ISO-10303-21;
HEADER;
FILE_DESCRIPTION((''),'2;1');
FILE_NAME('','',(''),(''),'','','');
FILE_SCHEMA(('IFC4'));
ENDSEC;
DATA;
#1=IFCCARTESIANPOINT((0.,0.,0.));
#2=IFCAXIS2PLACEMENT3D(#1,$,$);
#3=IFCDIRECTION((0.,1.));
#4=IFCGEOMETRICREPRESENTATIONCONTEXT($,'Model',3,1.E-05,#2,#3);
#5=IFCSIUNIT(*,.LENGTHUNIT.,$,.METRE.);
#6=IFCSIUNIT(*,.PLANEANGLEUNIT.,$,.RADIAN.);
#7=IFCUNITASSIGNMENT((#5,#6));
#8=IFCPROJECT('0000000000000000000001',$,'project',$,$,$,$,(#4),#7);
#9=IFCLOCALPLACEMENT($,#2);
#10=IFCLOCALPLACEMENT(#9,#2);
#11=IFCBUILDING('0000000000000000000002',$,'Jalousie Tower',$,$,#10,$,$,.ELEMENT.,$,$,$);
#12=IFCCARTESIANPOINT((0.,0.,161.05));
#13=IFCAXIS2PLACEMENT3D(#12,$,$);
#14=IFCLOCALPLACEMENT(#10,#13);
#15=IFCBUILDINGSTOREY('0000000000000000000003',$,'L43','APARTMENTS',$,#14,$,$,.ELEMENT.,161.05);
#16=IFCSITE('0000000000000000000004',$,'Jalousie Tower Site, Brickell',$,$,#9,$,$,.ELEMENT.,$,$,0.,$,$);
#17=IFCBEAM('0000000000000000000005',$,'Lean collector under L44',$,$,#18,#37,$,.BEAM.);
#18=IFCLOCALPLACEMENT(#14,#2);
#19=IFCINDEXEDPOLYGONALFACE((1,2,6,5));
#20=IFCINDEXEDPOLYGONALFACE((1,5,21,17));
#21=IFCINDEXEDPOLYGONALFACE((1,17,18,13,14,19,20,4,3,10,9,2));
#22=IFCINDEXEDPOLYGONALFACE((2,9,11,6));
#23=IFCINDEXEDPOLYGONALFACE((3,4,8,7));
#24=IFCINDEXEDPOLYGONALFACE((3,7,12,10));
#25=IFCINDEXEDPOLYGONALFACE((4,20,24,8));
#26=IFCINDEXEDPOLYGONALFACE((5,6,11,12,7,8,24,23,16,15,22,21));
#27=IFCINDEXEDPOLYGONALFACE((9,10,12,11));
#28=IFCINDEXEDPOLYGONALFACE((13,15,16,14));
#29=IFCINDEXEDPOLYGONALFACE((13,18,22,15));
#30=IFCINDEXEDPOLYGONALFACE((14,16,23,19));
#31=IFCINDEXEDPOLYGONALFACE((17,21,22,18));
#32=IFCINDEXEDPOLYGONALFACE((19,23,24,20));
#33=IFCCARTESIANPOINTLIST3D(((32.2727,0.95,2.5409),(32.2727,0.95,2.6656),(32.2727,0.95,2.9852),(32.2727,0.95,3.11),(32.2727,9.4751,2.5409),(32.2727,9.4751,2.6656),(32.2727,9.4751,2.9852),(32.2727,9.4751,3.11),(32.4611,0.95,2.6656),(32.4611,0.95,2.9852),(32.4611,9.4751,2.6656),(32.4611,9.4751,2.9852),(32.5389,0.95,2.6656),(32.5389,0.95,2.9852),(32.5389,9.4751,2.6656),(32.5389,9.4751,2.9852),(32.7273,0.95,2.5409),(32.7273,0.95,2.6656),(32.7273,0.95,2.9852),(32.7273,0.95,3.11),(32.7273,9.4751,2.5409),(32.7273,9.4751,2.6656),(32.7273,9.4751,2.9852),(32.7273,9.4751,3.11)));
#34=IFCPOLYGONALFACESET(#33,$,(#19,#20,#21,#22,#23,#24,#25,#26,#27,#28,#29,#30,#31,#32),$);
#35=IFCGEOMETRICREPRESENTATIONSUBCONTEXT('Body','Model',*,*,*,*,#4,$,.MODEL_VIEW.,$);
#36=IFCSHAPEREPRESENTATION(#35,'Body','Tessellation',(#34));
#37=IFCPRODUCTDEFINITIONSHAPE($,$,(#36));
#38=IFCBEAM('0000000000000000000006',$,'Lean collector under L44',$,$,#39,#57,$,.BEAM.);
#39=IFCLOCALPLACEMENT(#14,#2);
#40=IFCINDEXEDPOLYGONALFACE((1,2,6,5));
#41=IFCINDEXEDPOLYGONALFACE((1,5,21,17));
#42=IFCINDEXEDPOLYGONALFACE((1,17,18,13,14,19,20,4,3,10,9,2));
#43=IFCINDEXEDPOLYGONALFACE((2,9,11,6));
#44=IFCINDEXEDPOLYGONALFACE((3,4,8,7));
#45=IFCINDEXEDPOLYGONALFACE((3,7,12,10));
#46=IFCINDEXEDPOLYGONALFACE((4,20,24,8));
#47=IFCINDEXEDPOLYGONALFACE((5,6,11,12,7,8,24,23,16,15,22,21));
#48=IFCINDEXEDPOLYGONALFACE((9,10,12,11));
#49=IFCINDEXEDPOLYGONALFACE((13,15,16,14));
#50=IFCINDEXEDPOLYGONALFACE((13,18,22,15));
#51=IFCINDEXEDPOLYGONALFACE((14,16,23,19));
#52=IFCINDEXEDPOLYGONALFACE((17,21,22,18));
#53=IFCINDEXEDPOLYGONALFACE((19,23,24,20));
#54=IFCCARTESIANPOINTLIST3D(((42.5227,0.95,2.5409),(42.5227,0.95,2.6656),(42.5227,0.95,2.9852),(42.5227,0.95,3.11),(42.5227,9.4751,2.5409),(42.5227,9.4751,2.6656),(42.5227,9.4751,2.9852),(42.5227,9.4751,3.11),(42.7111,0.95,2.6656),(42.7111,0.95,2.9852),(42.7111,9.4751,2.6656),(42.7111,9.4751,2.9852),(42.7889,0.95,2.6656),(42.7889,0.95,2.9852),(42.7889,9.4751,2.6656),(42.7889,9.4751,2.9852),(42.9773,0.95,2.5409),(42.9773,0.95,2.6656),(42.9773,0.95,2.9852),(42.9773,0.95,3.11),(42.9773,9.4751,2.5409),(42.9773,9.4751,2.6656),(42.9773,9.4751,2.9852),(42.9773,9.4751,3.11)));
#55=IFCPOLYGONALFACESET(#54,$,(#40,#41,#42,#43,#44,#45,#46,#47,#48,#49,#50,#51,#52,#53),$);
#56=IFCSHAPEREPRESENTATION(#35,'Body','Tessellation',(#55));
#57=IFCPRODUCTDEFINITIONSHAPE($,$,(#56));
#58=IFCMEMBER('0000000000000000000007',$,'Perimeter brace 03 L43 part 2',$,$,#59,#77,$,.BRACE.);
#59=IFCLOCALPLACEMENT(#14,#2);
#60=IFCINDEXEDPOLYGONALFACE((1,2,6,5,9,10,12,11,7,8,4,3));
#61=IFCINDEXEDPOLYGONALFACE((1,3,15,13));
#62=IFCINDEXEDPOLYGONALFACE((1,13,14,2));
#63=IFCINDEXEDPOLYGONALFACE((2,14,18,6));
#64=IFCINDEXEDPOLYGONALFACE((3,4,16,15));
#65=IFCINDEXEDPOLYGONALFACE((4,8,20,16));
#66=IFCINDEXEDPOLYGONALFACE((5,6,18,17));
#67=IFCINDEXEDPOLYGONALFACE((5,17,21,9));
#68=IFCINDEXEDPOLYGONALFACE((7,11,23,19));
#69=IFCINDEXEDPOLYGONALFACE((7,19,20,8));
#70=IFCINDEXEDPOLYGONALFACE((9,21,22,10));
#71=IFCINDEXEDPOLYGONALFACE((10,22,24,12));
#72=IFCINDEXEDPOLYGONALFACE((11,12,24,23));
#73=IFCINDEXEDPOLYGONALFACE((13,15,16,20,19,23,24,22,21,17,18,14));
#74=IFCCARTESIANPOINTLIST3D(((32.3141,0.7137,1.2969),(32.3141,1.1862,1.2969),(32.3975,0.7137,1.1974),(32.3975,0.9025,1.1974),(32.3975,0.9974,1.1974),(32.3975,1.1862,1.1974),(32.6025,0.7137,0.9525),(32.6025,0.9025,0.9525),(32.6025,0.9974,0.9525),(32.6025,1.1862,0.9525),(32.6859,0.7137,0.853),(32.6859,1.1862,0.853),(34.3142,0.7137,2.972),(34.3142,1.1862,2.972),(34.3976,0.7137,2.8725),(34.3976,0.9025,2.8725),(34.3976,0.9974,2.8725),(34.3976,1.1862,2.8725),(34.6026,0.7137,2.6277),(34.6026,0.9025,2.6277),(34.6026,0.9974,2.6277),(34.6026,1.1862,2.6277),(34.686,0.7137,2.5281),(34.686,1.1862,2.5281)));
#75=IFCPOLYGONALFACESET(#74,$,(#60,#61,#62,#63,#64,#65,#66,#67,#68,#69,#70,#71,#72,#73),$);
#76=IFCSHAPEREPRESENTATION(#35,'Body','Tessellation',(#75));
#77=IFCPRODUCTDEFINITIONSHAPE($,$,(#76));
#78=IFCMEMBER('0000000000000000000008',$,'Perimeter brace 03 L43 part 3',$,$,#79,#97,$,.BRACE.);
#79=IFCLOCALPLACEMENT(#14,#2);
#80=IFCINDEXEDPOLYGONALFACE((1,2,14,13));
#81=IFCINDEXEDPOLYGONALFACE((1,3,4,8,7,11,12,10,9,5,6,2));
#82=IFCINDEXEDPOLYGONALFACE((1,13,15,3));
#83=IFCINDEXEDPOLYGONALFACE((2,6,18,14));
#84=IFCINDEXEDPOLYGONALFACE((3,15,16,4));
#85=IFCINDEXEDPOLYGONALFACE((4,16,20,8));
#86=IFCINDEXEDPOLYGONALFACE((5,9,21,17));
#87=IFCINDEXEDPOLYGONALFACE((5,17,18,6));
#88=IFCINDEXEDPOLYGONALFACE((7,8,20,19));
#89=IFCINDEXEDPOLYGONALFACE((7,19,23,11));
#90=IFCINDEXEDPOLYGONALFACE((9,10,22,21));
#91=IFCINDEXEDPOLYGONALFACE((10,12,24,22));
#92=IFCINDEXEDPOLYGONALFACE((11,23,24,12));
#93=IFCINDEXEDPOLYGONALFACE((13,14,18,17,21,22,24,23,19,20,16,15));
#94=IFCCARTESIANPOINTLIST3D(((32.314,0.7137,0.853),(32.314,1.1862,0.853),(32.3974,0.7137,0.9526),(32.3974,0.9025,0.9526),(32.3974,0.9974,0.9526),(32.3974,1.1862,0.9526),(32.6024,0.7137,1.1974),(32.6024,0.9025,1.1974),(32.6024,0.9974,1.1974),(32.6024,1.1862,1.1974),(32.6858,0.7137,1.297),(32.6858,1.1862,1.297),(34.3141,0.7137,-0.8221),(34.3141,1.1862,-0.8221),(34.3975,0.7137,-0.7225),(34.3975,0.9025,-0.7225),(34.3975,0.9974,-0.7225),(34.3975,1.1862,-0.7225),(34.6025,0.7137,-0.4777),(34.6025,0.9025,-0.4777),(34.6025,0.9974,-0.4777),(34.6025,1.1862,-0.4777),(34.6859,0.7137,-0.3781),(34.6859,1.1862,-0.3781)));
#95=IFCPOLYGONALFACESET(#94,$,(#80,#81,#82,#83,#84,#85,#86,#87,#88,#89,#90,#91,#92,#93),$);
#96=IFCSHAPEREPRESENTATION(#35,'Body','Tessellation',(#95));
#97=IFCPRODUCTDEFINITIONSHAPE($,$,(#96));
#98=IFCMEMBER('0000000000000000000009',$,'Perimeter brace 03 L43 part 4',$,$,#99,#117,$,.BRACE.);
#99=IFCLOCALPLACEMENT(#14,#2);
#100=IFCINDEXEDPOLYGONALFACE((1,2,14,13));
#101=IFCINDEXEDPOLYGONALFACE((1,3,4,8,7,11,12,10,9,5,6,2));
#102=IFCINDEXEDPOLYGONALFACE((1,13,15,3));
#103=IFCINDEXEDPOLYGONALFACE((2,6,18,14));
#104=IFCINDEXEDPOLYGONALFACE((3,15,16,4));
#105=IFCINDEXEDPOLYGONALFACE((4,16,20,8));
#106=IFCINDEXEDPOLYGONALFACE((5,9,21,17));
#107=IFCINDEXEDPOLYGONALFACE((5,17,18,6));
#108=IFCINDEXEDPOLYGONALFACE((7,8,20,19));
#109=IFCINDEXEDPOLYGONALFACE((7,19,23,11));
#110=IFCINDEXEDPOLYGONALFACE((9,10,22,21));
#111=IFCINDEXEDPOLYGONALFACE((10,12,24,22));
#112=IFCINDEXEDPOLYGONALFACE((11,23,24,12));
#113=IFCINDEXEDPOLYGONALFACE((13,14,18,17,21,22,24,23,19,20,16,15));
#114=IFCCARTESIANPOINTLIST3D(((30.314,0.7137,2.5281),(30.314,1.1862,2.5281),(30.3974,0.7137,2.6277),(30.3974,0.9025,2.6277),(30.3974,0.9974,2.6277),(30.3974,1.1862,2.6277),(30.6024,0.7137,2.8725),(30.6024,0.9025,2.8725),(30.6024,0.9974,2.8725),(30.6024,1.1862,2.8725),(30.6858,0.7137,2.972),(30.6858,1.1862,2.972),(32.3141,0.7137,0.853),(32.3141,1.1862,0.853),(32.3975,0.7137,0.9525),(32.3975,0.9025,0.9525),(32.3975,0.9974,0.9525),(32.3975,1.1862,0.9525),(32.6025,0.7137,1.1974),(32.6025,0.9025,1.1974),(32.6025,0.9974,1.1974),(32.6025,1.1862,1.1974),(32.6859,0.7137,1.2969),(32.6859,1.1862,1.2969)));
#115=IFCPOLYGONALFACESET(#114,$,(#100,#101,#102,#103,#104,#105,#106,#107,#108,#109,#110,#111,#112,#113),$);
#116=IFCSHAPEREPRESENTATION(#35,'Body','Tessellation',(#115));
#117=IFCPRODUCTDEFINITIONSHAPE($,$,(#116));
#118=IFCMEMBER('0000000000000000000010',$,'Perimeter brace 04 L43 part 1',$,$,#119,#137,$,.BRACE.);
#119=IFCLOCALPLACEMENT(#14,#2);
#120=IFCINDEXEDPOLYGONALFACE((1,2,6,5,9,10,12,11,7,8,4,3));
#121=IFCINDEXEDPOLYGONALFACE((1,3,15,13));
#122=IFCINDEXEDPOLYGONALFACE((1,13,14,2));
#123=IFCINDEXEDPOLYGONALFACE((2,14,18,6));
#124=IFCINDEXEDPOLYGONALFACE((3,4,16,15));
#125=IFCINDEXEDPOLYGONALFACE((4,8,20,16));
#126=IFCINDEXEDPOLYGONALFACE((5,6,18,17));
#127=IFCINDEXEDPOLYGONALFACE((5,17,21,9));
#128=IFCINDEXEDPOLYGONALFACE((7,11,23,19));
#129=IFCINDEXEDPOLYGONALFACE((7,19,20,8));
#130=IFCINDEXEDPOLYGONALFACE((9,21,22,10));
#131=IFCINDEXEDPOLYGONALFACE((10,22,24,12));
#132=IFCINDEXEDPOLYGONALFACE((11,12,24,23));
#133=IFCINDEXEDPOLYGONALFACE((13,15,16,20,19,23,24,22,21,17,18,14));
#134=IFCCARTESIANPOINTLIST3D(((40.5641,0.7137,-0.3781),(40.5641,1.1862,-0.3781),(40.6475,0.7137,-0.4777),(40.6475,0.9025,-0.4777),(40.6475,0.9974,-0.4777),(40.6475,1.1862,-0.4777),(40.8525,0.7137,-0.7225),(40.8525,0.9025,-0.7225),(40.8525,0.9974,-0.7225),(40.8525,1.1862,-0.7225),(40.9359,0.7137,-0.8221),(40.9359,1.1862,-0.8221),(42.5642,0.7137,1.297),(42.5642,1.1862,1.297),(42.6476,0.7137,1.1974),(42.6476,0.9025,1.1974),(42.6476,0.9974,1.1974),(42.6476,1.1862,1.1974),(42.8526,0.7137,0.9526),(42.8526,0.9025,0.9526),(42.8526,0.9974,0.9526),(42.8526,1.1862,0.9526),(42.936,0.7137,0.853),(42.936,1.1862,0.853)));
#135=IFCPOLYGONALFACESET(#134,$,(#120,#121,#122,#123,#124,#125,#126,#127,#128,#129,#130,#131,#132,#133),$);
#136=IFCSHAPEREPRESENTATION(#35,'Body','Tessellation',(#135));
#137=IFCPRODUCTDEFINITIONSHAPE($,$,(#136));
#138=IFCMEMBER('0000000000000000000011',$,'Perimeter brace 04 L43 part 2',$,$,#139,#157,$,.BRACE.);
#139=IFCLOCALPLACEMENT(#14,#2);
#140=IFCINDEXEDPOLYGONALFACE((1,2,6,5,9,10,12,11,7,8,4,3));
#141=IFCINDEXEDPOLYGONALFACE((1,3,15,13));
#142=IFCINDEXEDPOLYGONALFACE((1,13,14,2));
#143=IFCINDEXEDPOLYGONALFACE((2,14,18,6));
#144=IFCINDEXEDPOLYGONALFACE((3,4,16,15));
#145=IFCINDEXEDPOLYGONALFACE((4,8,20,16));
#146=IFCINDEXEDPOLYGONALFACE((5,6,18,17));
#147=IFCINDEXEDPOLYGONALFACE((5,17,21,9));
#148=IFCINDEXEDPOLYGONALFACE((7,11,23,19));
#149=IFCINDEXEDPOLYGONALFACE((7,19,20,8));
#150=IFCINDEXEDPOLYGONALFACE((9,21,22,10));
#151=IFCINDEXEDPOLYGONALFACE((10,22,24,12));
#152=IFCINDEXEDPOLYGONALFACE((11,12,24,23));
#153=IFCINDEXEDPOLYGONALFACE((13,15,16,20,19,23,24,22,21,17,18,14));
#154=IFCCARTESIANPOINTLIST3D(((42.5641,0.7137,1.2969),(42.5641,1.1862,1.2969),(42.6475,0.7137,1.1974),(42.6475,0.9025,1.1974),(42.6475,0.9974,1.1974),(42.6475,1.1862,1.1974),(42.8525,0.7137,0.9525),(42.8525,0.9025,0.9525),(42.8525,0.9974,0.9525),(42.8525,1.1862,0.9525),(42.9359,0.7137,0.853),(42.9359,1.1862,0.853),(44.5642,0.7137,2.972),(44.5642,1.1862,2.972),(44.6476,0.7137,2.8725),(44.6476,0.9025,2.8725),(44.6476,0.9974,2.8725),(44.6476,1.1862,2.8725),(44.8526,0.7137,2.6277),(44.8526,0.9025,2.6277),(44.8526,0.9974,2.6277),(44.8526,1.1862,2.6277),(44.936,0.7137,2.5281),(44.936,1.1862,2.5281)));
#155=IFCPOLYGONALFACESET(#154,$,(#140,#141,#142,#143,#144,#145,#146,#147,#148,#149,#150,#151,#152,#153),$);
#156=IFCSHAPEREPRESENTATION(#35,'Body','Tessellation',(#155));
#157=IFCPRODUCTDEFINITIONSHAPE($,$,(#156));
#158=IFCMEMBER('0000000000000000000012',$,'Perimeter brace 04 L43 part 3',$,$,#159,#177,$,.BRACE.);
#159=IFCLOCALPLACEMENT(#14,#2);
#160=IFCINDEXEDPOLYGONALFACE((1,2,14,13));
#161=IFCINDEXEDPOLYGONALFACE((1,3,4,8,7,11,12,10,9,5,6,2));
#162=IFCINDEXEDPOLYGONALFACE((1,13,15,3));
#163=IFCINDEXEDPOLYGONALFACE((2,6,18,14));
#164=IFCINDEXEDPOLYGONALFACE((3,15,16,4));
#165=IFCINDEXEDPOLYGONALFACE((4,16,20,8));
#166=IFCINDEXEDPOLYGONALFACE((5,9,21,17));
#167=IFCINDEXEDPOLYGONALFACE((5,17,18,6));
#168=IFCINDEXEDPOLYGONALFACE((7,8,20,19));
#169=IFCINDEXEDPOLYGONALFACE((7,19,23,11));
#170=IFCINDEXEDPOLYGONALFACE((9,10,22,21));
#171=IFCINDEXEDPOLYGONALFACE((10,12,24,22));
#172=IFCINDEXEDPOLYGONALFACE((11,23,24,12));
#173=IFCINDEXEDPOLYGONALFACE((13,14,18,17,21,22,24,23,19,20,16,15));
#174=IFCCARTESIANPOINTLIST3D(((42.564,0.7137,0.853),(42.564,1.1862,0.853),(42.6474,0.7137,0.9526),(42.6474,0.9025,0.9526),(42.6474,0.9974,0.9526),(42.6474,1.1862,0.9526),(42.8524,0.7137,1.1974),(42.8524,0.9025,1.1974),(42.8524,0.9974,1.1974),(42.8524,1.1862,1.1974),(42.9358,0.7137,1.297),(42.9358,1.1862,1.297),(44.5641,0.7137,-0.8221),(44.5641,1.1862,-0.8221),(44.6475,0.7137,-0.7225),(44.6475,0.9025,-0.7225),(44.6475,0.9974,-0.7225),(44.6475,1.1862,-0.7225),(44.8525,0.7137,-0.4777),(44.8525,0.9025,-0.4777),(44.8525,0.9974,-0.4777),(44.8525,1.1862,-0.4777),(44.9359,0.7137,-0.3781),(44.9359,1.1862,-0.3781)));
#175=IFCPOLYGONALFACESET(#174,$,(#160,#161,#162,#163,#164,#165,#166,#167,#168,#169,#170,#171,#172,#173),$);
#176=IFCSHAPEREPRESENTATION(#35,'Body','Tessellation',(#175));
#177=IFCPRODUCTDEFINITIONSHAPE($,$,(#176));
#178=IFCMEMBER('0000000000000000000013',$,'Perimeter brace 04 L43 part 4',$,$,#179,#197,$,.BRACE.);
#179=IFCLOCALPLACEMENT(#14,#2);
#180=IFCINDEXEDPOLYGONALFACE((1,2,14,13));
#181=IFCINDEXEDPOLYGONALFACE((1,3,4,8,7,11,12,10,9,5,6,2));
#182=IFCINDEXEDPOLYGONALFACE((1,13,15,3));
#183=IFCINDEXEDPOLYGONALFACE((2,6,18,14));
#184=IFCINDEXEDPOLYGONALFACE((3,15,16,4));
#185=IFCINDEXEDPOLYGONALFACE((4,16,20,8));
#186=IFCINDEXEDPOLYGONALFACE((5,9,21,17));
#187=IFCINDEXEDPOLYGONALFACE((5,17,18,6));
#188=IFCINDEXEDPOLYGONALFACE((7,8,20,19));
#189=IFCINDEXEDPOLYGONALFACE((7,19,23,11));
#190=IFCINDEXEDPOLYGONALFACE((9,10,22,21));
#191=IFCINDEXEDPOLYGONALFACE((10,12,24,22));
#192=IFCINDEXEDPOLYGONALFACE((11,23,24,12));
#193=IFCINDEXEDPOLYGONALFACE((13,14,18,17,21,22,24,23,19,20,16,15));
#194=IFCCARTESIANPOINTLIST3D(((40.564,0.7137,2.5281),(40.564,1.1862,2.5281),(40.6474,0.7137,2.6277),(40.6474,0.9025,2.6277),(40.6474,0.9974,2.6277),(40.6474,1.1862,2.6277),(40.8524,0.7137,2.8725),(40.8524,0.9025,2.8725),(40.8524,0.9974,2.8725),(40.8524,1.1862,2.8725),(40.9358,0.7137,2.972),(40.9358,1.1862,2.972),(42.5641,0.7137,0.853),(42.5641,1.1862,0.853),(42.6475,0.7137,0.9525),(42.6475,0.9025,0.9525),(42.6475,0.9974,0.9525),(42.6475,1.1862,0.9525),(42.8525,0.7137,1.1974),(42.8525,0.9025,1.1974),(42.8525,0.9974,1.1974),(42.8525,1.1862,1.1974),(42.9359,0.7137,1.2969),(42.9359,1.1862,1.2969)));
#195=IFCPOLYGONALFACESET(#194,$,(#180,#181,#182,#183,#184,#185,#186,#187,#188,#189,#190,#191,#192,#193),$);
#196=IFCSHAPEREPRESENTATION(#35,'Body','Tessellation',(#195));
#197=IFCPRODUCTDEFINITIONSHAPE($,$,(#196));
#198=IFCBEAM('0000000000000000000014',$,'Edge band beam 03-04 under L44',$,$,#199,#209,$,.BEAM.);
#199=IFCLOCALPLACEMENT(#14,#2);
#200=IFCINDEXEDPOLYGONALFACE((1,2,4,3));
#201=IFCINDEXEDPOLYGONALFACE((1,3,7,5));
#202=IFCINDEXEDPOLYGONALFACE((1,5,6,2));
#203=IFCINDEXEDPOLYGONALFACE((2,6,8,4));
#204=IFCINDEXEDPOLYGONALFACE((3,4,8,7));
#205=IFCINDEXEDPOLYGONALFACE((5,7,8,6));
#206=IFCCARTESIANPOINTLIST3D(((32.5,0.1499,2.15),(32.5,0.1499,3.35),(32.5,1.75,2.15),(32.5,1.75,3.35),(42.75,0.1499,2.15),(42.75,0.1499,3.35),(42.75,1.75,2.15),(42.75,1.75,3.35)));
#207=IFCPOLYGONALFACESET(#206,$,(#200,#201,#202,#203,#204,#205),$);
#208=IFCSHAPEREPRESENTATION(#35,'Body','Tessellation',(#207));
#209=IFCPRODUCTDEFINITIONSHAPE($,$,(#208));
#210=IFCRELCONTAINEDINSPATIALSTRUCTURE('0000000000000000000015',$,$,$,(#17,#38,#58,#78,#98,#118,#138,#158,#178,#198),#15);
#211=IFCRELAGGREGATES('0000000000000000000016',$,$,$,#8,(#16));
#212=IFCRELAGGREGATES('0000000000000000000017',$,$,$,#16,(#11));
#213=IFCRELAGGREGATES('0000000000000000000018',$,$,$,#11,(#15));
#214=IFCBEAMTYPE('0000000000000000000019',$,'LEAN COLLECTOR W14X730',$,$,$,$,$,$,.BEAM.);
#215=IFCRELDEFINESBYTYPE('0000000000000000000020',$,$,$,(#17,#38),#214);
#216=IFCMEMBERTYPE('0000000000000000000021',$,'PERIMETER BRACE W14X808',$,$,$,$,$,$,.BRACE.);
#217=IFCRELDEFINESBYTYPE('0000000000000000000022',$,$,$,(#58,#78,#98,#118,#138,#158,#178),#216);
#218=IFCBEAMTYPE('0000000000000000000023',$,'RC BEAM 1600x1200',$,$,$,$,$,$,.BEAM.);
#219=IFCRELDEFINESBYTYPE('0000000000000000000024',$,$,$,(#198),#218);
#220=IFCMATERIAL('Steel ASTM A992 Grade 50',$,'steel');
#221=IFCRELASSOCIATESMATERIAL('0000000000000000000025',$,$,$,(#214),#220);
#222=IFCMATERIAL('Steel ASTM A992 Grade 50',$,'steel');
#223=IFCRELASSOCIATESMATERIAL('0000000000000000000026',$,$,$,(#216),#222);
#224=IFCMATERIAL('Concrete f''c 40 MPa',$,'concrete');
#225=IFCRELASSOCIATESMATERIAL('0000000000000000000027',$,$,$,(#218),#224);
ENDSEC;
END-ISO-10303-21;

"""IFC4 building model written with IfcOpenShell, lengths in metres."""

from ifc_helpers import new_model, si_unit, direction, frame, origin, origin_2d, place, context, subcontext, project, spatial, rectangle, i_section, extrude, material, material_profile, profile_set, type_object, element, save


model = new_model("IFC4")

# Units and contexts
model_context = context("Model", 3, precision=1e-05, world=origin(), true_north=direction((0.0, 1.0)))
body_context = subcontext(model_context, "Body", "Model", "MODEL_VIEW")
ifc_project = project(units=[si_unit("LENGTHUNIT", "METRE"), si_unit("PLANEANGLEUNIT", "RADIAN")], contexts=[model_context])

# Site, building, storey
site_placement = place(None, origin())
site = spatial("IfcSite", under=ifc_project, at=site_placement, Name="Jalousie Tower Site, Brickell", CompositionType="ELEMENT", RefElevation=0.0)
building_placement = place(site_placement, origin())
building = spatial("IfcBuilding", under=site, at=building_placement, Name="Jalousie Tower", CompositionType="ELEMENT")
storey_placement = place(building_placement, frame((0.0, 0.0, 161.05)))
storey = spatial("IfcBuildingStorey", under=building, at=storey_placement, Name="L43", Description="APARTMENTS", CompositionType="ELEMENT", Elevation=161.05)

# Beams
ifc_material_1 = material(Name="Steel ASTM A992 Grade 50", Category="steel")
ifc_material_profile_1 = material_profile(ifc_material_1, i_section(OverallWidth=0.4546, OverallDepth=0.5691, WebThickness=0.0779, FlangeThickness=0.1248, at=origin_2d()), Name="W14X730")
ifc_profile_set_1 = profile_set([ifc_material_profile_1], Name="Steel ASTM A992 Grade 50")
beam_type_1 = type_object("IfcBeamType", Name="LEAN COLLECTOR W14X730", PredefinedType="BEAM", material=ifc_profile_set_1)
for number, where, z_axis, x_axis, name in (
    (1, (32.5, 0.95, 2.8254), (0.0, 1.0, 0.0), (-1.0, 0.0, 0.0), "Lean collector under L44"),
    (2, (42.75, 0.95, 2.8254), (0.0, 1.0, 0.0), (-1.0, 0.0, 0.0), "Lean collector under L44"),
):
    element("IfcBeam", number, at=place(storey_placement, frame(where, z_axis=z_axis, x_axis=x_axis)), inside=storey, type_object=beam_type_1, Name=name, PredefinedType="BEAM", context=body_context, shape_type="SweptSolid", body=[
        extrude(i_section(OverallWidth=0.4546, OverallDepth=0.5691, WebThickness=0.0779, FlangeThickness=0.1248, at=origin_2d()), origin(), (0.0, 0.0, 1.0), 8.5251),
    ])

# Members
ifc_material_2 = material(Name="Steel ASTM A992 Grade 50", Category="steel")
ifc_material_profile_2 = material_profile(ifc_material_2, i_section(OverallWidth=0.4724, OverallDepth=0.5791, WebThickness=0.095, FlangeThickness=0.1299, at=origin_2d()), Name="W14X808")
ifc_profile_set_2 = profile_set([ifc_material_profile_2], Name="Steel ASTM A992 Grade 50")
member_type_1 = type_object("IfcMemberType", Name="PERIMETER BRACE W14X808", PredefinedType="BRACE", material=ifc_profile_set_2)
for number, where, z_axis, x_axis, name in (
    (3, (32.5, 0.95, 1.075), (0.766639, 0.0, 0.642079), (0.0, 1.0, 0.0), "Perimeter brace 03 L43 part 2"),
    (4, (34.5, 0.95, -0.6001), (-0.766639, 0.0, 0.642079), (0.0, -1.0, 0.0), "Perimeter brace 03 L43 part 3"),
    (5, (32.5, 0.95, 1.075), (-0.766639, 0.0, 0.642079), (0.0, -1.0, 0.0), "Perimeter brace 03 L43 part 4"),
    (6, (40.75, 0.95, -0.6001), (0.766639, 0.0, 0.642079), (0.0, 1.0, 0.0), "Perimeter brace 04 L43 part 1"),
    (7, (42.75, 0.95, 1.075), (0.766639, 0.0, 0.642079), (0.0, 1.0, 0.0), "Perimeter brace 04 L43 part 2"),
    (8, (44.75, 0.95, -0.6001), (-0.766639, 0.0, 0.642079), (0.0, -1.0, 0.0), "Perimeter brace 04 L43 part 3"),
    (9, (42.75, 0.95, 1.075), (-0.766639, 0.0, 0.642079), (0.0, -1.0, 0.0), "Perimeter brace 04 L43 part 4"),
):
    element("IfcMember", number, at=place(storey_placement, frame(where, z_axis=z_axis, x_axis=x_axis)), inside=storey, type_object=member_type_1, Name=name, PredefinedType="BRACE", context=body_context, shape_type="SweptSolid", body=[
        extrude(i_section(OverallWidth=0.4724, OverallDepth=0.5791, WebThickness=0.095, FlangeThickness=0.1299, at=origin_2d()), origin(), (0.0, 0.0, 1.0), 2.6089),
    ])

# Beam
ifc_material_3 = material(Name="Concrete f'c 40 MPa", Category="concrete")
ifc_material_profile_3 = material_profile(ifc_material_3, rectangle(XDim=1.6001, YDim=1.2, at=origin_2d()), Name="RC 1600x1200")
ifc_profile_set_3 = profile_set([ifc_material_profile_3], Name="Concrete f'c 40 MPa")
beam_type_2 = type_object("IfcBeamType", Name="RC BEAM 1600x1200", PredefinedType="BEAM", material=ifc_profile_set_3)
beam_1_placement = place(storey_placement, frame((32.5, 0.95, 2.75), z_axis=(1.0, 0.0, 0.0), x_axis=(0.0, 1.0, 0.0)))
element("IfcBeam", 10, at=beam_1_placement, inside=storey, type_object=beam_type_2, Name="Edge band beam 03-04 under L44", PredefinedType="BEAM", context=body_context, shape_type="SweptSolid", body=[
    extrude(rectangle(XDim=1.6001, YDim=1.2, at=origin_2d()), origin(), (0.0, 0.0, 1.0), 10.25),
])

save(model, "model.ifc")
